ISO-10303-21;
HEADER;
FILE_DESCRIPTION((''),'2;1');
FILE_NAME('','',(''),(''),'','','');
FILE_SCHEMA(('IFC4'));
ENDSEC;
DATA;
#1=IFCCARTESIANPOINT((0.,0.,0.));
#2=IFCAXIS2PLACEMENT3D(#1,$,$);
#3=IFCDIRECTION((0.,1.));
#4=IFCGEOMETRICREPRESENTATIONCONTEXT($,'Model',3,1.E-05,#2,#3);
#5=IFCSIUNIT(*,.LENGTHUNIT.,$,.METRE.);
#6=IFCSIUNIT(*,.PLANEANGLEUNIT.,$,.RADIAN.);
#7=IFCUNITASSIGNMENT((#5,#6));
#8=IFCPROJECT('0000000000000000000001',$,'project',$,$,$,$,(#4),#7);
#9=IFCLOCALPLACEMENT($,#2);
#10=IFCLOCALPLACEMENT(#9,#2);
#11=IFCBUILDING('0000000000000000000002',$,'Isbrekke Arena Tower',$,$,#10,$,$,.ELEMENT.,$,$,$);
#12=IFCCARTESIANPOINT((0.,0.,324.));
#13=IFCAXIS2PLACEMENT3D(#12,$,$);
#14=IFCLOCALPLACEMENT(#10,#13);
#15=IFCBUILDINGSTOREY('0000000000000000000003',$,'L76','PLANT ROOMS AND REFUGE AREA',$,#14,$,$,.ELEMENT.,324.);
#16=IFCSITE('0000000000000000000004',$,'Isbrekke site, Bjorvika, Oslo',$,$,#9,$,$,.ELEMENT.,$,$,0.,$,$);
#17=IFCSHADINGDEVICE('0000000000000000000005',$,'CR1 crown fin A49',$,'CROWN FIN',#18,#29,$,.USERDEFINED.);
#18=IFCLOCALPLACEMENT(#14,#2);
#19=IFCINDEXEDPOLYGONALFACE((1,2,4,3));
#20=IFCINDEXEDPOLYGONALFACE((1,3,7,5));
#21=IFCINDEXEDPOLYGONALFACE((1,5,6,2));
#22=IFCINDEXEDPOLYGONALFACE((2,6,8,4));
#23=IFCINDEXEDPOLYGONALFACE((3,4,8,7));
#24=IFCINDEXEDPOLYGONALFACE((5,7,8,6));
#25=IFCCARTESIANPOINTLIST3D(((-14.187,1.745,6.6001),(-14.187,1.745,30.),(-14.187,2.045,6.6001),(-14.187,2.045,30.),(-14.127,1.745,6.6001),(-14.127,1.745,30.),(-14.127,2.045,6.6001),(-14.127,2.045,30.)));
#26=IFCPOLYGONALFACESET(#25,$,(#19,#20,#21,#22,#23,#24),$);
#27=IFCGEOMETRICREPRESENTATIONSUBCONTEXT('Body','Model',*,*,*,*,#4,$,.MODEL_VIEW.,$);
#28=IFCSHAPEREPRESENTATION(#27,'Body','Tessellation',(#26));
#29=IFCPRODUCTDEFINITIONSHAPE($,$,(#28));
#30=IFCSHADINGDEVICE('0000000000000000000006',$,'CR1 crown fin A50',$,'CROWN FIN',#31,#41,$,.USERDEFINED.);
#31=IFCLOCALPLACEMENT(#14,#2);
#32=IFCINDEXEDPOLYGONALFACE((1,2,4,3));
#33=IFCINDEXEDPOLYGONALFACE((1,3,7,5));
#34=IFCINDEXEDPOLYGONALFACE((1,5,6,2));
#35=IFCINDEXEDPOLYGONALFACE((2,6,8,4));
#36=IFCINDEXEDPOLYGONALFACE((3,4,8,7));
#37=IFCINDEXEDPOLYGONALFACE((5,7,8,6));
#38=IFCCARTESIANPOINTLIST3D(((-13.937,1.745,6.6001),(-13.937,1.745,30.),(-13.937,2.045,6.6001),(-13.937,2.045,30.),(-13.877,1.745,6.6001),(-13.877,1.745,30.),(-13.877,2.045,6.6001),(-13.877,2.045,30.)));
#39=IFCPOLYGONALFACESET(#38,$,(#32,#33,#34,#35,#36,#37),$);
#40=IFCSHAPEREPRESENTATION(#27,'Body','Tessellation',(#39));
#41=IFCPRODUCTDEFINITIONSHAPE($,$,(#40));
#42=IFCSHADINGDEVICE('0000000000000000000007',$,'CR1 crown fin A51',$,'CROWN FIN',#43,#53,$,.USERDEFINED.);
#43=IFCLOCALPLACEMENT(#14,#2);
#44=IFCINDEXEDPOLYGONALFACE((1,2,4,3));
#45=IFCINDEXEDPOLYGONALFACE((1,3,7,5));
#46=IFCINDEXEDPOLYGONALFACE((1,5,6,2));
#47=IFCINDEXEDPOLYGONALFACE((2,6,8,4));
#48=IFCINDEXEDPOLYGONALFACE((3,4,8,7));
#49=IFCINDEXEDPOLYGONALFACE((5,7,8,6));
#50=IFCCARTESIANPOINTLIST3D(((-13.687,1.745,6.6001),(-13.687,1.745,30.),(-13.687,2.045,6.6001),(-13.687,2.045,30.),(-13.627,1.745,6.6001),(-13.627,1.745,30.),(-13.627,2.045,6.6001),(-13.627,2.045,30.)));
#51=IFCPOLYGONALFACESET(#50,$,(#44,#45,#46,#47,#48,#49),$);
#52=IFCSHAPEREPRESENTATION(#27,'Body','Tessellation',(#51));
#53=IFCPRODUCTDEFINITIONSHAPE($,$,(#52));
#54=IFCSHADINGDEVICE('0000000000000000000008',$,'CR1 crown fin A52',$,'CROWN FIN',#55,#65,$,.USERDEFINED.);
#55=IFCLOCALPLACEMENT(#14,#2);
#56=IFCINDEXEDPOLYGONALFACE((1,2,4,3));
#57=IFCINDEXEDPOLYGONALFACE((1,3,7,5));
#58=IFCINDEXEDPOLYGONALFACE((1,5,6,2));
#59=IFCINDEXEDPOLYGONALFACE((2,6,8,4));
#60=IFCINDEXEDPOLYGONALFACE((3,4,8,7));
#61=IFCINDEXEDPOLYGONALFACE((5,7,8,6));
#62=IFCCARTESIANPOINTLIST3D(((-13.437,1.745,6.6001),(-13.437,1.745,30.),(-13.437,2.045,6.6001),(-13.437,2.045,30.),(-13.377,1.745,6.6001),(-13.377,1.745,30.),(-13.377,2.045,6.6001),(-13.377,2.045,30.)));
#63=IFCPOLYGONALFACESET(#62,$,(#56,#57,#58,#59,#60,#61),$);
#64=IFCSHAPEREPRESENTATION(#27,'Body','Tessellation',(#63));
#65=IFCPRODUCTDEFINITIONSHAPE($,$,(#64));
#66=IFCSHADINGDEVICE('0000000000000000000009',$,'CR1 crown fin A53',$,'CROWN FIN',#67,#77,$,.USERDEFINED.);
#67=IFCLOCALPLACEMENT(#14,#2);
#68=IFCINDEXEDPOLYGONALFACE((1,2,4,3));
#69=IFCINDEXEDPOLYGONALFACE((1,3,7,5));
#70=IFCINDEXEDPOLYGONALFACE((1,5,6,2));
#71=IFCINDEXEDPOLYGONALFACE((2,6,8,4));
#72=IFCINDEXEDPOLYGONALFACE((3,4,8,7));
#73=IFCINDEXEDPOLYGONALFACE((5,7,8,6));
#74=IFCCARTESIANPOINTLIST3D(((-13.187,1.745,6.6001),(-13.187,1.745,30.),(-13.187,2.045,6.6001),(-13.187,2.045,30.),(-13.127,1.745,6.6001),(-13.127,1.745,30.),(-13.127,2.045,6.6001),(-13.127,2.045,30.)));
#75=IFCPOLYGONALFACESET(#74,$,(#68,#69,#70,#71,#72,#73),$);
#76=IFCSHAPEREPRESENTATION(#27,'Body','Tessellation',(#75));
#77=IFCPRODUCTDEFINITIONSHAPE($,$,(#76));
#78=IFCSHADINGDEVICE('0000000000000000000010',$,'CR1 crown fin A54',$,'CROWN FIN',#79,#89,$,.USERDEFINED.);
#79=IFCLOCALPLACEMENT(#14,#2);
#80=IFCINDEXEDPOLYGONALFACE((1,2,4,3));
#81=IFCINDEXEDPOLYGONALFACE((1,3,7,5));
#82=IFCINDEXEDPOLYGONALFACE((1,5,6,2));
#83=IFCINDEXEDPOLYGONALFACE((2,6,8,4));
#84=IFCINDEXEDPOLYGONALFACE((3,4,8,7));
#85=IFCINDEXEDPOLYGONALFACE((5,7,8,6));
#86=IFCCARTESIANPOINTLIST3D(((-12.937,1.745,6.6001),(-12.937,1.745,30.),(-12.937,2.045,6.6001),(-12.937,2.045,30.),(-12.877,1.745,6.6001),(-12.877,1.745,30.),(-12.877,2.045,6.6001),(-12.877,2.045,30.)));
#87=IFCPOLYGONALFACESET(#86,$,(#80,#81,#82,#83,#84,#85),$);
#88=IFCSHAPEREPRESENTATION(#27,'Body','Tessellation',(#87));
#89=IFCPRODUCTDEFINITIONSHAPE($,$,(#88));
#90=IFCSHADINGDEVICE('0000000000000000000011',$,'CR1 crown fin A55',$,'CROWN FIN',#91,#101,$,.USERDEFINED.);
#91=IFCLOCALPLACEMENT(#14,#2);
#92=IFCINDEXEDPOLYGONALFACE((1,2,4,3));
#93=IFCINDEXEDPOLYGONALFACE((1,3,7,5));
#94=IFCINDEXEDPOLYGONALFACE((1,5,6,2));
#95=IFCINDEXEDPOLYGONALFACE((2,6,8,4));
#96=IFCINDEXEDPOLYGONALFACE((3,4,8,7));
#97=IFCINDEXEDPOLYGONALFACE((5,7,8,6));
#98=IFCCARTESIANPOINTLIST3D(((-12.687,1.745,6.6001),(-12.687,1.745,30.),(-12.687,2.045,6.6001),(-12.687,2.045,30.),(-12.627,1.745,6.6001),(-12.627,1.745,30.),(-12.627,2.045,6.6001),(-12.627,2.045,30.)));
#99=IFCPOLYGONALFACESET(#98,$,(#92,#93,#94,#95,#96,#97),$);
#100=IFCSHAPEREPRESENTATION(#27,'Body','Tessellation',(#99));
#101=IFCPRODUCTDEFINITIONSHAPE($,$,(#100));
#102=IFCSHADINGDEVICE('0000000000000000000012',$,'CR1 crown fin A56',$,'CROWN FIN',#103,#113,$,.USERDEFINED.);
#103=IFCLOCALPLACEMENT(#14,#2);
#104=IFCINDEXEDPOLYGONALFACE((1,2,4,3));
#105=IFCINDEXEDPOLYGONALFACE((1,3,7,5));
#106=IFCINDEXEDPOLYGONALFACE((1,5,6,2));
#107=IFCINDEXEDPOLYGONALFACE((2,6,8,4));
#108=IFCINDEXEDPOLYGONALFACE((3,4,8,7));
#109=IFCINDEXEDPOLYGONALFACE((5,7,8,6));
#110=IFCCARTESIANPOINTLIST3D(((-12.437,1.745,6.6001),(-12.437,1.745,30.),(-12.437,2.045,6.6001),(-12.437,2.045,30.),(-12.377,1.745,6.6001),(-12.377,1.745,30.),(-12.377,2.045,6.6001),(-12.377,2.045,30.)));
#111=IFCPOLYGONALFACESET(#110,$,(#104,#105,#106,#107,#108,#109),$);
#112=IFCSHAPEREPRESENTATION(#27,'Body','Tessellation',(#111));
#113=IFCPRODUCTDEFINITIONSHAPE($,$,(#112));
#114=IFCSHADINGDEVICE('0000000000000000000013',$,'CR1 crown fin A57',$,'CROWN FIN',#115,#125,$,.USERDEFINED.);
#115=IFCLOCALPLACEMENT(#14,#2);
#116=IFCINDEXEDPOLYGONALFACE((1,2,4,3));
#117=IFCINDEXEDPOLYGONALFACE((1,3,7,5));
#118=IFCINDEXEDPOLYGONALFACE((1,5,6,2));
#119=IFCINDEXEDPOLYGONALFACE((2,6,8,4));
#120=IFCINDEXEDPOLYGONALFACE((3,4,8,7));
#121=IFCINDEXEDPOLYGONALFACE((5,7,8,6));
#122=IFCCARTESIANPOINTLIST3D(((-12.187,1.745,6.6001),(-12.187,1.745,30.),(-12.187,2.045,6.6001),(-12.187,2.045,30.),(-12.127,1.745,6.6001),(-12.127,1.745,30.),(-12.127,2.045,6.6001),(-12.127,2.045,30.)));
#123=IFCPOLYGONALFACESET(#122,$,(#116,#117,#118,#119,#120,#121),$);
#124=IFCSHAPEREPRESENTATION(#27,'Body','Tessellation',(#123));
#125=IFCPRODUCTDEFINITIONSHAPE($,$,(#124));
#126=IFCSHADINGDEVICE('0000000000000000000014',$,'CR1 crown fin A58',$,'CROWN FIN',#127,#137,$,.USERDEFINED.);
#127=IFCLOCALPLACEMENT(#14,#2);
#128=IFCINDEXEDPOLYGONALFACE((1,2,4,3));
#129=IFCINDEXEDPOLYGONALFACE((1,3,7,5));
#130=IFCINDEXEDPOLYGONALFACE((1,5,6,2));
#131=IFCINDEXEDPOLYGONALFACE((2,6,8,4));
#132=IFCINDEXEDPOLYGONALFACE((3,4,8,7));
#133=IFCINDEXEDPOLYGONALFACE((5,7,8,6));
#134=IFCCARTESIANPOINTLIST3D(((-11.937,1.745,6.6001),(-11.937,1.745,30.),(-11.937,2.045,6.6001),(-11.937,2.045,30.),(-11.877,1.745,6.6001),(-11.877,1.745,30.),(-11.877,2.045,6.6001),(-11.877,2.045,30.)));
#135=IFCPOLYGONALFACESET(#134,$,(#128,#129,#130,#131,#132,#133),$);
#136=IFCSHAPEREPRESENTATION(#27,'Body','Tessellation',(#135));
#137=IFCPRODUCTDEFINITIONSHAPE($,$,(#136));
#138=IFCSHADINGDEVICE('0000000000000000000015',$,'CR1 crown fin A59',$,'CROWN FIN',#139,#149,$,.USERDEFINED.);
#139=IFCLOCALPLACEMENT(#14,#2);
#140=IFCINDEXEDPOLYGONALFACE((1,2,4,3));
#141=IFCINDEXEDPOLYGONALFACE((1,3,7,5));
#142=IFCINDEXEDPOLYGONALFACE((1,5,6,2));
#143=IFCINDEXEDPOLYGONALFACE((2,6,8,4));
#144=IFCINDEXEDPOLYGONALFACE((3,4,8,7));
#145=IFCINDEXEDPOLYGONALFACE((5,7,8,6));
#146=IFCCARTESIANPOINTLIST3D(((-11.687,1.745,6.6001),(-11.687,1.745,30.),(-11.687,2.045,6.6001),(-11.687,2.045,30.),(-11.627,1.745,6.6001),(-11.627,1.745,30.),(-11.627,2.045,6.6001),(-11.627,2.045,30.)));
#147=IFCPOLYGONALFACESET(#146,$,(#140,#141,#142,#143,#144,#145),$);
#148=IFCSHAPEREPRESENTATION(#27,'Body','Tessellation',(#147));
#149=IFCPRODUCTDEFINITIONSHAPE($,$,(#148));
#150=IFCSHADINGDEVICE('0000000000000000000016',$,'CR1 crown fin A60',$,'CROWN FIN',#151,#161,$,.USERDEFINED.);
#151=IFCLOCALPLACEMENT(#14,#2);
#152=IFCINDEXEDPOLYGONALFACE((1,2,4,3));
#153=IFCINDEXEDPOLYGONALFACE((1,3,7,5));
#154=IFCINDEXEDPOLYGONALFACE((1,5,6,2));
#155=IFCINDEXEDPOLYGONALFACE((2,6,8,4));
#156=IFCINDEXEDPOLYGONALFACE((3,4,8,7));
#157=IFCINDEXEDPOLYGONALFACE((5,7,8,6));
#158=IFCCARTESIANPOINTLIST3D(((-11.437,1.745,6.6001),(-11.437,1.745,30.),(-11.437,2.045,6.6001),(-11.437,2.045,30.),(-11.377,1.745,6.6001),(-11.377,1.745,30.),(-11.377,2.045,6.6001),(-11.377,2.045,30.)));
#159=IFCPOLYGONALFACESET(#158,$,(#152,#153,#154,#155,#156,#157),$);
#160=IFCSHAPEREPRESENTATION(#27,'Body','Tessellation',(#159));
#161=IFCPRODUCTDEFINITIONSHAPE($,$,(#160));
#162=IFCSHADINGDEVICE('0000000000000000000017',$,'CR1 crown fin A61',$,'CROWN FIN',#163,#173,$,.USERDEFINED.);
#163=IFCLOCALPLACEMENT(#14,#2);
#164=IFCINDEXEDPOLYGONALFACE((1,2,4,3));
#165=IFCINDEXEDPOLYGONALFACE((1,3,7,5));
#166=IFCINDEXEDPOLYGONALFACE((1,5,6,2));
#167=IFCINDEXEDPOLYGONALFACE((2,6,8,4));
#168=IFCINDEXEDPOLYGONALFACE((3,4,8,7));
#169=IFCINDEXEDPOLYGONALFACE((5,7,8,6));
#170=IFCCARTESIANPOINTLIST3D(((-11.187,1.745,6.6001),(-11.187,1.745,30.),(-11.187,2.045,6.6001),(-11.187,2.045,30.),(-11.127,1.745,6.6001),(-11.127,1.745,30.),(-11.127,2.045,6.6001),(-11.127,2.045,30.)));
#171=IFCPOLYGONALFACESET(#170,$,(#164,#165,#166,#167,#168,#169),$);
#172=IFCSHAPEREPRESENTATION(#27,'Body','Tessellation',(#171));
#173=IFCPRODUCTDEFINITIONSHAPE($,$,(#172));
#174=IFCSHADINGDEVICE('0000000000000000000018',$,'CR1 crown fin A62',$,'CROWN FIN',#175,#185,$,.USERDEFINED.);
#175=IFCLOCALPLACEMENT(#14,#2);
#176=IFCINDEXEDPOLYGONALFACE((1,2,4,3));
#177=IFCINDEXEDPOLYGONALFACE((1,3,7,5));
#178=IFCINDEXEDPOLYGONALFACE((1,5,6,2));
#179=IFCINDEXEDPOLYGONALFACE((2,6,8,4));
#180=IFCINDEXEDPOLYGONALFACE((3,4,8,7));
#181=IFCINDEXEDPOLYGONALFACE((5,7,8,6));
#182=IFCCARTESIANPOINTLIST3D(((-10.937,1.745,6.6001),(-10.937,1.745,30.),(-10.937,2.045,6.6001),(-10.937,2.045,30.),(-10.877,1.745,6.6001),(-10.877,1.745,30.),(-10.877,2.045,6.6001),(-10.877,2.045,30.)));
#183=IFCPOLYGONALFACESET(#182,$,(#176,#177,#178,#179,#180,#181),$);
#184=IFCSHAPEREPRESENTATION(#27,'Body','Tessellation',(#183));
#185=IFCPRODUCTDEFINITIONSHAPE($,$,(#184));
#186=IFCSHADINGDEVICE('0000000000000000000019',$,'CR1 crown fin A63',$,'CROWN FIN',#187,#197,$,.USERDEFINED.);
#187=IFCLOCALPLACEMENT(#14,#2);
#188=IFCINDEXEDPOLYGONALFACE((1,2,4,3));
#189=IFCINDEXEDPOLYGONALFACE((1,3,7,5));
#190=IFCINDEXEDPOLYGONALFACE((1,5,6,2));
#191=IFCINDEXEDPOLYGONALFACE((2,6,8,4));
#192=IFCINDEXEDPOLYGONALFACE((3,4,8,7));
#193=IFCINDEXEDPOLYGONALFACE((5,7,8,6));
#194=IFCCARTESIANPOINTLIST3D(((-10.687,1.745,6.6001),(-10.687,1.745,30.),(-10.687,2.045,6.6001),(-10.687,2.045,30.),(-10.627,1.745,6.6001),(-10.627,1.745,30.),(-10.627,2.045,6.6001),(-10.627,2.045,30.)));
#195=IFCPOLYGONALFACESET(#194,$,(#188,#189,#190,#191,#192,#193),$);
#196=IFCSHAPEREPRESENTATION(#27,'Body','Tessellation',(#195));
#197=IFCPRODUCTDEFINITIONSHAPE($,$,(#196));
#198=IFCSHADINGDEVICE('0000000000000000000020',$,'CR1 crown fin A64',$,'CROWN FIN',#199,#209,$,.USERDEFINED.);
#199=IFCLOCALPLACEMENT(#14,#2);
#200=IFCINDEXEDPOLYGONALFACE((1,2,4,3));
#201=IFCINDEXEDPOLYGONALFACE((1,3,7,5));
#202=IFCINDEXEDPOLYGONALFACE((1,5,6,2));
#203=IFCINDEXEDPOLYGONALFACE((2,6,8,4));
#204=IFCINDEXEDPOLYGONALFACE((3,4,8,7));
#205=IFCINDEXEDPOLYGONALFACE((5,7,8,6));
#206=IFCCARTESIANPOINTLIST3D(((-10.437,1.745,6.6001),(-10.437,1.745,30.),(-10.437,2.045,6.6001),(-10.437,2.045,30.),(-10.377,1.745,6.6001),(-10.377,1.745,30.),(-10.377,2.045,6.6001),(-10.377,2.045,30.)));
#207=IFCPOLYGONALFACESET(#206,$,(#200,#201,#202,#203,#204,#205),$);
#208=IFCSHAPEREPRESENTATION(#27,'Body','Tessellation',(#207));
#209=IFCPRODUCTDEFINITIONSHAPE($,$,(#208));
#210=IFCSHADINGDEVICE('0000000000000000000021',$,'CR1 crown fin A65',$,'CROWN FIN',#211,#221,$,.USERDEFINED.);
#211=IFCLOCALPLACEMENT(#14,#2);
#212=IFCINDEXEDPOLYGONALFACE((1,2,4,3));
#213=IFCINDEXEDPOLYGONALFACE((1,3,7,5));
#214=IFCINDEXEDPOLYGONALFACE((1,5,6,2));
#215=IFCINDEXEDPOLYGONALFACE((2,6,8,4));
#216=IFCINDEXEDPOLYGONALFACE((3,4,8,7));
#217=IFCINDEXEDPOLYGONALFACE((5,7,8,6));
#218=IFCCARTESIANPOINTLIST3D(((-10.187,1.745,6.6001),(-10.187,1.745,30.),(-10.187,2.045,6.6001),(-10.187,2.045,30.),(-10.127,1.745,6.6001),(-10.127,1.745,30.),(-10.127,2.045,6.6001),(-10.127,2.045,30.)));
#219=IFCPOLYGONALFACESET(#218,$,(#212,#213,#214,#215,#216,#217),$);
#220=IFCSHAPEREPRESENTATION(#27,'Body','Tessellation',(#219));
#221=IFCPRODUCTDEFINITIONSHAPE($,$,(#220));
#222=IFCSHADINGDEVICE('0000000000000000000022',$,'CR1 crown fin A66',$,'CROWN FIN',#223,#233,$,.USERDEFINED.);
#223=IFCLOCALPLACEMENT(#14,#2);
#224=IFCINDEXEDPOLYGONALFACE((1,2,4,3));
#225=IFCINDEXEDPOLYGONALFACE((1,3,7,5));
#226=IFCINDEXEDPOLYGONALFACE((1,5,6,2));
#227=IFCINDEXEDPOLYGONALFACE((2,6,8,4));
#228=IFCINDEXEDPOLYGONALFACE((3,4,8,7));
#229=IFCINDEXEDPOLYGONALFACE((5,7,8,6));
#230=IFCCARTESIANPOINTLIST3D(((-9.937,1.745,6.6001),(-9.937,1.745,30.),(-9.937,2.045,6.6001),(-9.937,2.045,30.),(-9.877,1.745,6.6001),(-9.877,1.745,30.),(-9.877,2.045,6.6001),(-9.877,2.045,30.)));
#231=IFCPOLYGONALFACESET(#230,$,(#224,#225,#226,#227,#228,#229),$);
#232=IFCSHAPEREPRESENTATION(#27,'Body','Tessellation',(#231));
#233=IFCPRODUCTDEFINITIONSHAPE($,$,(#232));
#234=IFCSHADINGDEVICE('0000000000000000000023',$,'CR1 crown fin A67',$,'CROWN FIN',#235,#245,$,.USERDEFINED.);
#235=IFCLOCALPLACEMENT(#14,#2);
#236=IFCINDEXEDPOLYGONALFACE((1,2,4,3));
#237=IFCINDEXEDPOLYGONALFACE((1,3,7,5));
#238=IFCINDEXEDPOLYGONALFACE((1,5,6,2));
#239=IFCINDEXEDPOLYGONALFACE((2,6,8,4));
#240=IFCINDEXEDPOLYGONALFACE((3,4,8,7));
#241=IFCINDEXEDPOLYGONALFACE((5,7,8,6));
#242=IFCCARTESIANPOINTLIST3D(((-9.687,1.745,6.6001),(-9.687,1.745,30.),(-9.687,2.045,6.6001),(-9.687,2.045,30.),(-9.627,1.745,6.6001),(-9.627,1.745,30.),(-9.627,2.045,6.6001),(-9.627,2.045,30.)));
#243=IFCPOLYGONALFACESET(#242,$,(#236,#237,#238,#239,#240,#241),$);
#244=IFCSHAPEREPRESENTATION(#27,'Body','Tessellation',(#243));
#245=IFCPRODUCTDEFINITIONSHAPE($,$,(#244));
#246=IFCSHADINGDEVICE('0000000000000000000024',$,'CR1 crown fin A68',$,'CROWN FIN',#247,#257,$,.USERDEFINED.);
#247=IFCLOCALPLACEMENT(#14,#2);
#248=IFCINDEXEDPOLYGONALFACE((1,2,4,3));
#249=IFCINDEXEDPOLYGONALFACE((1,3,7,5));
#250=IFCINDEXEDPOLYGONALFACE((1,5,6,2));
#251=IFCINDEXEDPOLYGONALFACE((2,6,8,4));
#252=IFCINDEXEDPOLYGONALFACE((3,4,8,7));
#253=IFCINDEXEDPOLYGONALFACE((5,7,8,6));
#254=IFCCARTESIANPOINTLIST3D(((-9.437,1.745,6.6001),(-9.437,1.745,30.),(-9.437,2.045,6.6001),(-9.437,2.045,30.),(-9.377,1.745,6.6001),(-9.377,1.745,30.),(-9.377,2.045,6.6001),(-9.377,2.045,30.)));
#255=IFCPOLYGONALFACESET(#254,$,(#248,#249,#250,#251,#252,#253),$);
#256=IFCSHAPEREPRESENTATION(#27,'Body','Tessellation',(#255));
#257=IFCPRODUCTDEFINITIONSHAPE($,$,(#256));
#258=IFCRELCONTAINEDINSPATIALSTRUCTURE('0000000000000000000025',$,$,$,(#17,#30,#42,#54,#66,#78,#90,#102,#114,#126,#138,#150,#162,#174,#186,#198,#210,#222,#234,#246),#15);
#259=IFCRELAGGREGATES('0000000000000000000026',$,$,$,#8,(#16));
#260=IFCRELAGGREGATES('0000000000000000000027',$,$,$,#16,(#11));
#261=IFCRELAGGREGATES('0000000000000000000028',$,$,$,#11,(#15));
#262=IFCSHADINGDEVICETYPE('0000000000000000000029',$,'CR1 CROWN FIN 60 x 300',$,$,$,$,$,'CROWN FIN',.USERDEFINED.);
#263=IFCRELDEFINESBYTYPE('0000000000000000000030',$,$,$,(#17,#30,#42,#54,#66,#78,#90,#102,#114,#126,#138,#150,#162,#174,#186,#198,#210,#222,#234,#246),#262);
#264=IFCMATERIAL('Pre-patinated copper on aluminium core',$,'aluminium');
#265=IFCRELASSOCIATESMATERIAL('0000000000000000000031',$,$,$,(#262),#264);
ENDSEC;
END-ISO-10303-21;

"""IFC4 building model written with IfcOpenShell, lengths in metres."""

from ifc_helpers import new_model, si_unit, direction, frame, origin, origin_2d, place, context, subcontext, project, spatial, rectangle, extrude, material, material_profile, profile_set, type_object, element, save


model = new_model("IFC4")

# Units and contexts
model_context = context("Model", 3, precision=1e-05, world=origin(), true_north=direction((0.0, 1.0)))
body_context = subcontext(model_context, "Body", "Model", "MODEL_VIEW")
ifc_project = project(units=[si_unit("LENGTHUNIT", "METRE"), si_unit("PLANEANGLEUNIT", "RADIAN")], contexts=[model_context])

# Site, building, storey
site_placement = place(None, origin())
site = spatial("IfcSite", under=ifc_project, at=site_placement, Name="Isbrekke site, Bjorvika, Oslo", CompositionType="ELEMENT", RefElevation=0.0)
building_placement = place(site_placement, origin())
building = spatial("IfcBuilding", under=site, at=building_placement, Name="Isbrekke Arena Tower", CompositionType="ELEMENT")
storey_placement = place(building_placement, frame((0.0, 0.0, 324.0)))
storey = spatial("IfcBuildingStorey", under=building, at=storey_placement, Name="L76", Description="PLANT ROOMS AND REFUGE AREA", CompositionType="ELEMENT", Elevation=324.0)

# Shading devices
ifc_material_1 = material(Name="Pre-patinated copper on aluminium core", Category="aluminium")
ifc_material_profile = material_profile(ifc_material_1, rectangle(XDim=0.0601, YDim=0.3, at=origin_2d()), Name="FIN 60X300")
ifc_profile_set = profile_set([ifc_material_profile], Name="Pre-patinated copper on aluminium core")
shading_device_type_1 = type_object("IfcShadingDeviceType", Name="CR1 CROWN FIN 60 x 300", ElementType="CROWN FIN", PredefinedType="USERDEFINED", material=ifc_profile_set)
for number, where, z_axis, x_axis, name in (
    (1, (-14.157, 1.895, 6.6001), (0.0, 0.0, 1.0), (1.0, 0.0, 0.0), "CR1 crown fin A49"),
    (2, (-13.907, 1.895, 6.6001), (0.0, 0.0, 1.0), (1.0, 0.0, 0.0), "CR1 crown fin A50"),
    (3, (-13.657, 1.895, 6.6001), (0.0, 0.0, 1.0), (1.0, 0.0, 0.0), "CR1 crown fin A51"),
    (4, (-13.407, 1.895, 6.6001), (0.0, 0.0, 1.0), (1.0, 0.0, 0.0), "CR1 crown fin A52"),
    (5, (-13.157, 1.895, 6.6001), (0.0, 0.0, 1.0), (1.0, 0.0, 0.0), "CR1 crown fin A53"),
    (6, (-12.907, 1.895, 6.6001), (0.0, 0.0, 1.0), (1.0, 0.0, 0.0), "CR1 crown fin A54"),
    (7, (-12.657, 1.895, 6.6001), (0.0, 0.0, 1.0), (1.0, 0.0, 0.0), "CR1 crown fin A55"),
    (8, (-12.407, 1.895, 6.6001), (0.0, 0.0, 1.0), (1.0, 0.0, 0.0), "CR1 crown fin A56"),
    (9, (-12.157, 1.895, 6.6001), (0.0, 0.0, 1.0), (1.0, 0.0, 0.0), "CR1 crown fin A57"),
    (10, (-11.907, 1.895, 6.6001), (0.0, 0.0, 1.0), (1.0, 0.0, 0.0), "CR1 crown fin A58"),
    (11, (-11.657, 1.895, 6.6001), (0.0, 0.0, 1.0), (1.0, 0.0, 0.0), "CR1 crown fin A59"),
    (12, (-11.407, 1.895, 6.6001), (0.0, 0.0, 1.0), (1.0, 0.0, 0.0), "CR1 crown fin A60"),
    (13, (-11.157, 1.895, 6.6001), (0.0, 0.0, 1.0), (1.0, 0.0, 0.0), "CR1 crown fin A61"),
    (14, (-10.907, 1.895, 6.6001), (0.0, 0.0, 1.0), (1.0, 0.0, 0.0), "CR1 crown fin A62"),
    (15, (-10.657, 1.895, 6.6001), (0.0, 0.0, 1.0), (1.0, 0.0, 0.0), "CR1 crown fin A63"),
    (16, (-10.407, 1.895, 6.6001), (0.0, 0.0, 1.0), (1.0, 0.0, 0.0), "CR1 crown fin A64"),
    (17, (-10.157, 1.895, 6.6001), (0.0, 0.0, 1.0), (1.0, 0.0, 0.0), "CR1 crown fin A65"),
    (18, (-9.907, 1.895, 6.6001), (0.0, 0.0, 1.0), (1.0, 0.0, 0.0), "CR1 crown fin A66"),
    (19, (-9.657, 1.895, 6.6001), (0.0, 0.0, 1.0), (1.0, 0.0, 0.0), "CR1 crown fin A67"),
    (20, (-9.407, 1.895, 6.6001), (0.0, 0.0, 1.0), (1.0, 0.0, 0.0), "CR1 crown fin A68"),
):
    element("IfcShadingDevice", number, at=place(storey_placement, frame(where, z_axis=z_axis, x_axis=x_axis)), inside=storey, type_object=shading_device_type_1, Name=name, ObjectType="CROWN FIN", PredefinedType="USERDEFINED", context=body_context, shape_type="SweptSolid", body=[
        extrude(rectangle(XDim=0.0601, YDim=0.3, at=origin_2d()), origin(), (0.0, 0.0, 1.0), 23.3999),
    ])

save(model, "model.ifc")
